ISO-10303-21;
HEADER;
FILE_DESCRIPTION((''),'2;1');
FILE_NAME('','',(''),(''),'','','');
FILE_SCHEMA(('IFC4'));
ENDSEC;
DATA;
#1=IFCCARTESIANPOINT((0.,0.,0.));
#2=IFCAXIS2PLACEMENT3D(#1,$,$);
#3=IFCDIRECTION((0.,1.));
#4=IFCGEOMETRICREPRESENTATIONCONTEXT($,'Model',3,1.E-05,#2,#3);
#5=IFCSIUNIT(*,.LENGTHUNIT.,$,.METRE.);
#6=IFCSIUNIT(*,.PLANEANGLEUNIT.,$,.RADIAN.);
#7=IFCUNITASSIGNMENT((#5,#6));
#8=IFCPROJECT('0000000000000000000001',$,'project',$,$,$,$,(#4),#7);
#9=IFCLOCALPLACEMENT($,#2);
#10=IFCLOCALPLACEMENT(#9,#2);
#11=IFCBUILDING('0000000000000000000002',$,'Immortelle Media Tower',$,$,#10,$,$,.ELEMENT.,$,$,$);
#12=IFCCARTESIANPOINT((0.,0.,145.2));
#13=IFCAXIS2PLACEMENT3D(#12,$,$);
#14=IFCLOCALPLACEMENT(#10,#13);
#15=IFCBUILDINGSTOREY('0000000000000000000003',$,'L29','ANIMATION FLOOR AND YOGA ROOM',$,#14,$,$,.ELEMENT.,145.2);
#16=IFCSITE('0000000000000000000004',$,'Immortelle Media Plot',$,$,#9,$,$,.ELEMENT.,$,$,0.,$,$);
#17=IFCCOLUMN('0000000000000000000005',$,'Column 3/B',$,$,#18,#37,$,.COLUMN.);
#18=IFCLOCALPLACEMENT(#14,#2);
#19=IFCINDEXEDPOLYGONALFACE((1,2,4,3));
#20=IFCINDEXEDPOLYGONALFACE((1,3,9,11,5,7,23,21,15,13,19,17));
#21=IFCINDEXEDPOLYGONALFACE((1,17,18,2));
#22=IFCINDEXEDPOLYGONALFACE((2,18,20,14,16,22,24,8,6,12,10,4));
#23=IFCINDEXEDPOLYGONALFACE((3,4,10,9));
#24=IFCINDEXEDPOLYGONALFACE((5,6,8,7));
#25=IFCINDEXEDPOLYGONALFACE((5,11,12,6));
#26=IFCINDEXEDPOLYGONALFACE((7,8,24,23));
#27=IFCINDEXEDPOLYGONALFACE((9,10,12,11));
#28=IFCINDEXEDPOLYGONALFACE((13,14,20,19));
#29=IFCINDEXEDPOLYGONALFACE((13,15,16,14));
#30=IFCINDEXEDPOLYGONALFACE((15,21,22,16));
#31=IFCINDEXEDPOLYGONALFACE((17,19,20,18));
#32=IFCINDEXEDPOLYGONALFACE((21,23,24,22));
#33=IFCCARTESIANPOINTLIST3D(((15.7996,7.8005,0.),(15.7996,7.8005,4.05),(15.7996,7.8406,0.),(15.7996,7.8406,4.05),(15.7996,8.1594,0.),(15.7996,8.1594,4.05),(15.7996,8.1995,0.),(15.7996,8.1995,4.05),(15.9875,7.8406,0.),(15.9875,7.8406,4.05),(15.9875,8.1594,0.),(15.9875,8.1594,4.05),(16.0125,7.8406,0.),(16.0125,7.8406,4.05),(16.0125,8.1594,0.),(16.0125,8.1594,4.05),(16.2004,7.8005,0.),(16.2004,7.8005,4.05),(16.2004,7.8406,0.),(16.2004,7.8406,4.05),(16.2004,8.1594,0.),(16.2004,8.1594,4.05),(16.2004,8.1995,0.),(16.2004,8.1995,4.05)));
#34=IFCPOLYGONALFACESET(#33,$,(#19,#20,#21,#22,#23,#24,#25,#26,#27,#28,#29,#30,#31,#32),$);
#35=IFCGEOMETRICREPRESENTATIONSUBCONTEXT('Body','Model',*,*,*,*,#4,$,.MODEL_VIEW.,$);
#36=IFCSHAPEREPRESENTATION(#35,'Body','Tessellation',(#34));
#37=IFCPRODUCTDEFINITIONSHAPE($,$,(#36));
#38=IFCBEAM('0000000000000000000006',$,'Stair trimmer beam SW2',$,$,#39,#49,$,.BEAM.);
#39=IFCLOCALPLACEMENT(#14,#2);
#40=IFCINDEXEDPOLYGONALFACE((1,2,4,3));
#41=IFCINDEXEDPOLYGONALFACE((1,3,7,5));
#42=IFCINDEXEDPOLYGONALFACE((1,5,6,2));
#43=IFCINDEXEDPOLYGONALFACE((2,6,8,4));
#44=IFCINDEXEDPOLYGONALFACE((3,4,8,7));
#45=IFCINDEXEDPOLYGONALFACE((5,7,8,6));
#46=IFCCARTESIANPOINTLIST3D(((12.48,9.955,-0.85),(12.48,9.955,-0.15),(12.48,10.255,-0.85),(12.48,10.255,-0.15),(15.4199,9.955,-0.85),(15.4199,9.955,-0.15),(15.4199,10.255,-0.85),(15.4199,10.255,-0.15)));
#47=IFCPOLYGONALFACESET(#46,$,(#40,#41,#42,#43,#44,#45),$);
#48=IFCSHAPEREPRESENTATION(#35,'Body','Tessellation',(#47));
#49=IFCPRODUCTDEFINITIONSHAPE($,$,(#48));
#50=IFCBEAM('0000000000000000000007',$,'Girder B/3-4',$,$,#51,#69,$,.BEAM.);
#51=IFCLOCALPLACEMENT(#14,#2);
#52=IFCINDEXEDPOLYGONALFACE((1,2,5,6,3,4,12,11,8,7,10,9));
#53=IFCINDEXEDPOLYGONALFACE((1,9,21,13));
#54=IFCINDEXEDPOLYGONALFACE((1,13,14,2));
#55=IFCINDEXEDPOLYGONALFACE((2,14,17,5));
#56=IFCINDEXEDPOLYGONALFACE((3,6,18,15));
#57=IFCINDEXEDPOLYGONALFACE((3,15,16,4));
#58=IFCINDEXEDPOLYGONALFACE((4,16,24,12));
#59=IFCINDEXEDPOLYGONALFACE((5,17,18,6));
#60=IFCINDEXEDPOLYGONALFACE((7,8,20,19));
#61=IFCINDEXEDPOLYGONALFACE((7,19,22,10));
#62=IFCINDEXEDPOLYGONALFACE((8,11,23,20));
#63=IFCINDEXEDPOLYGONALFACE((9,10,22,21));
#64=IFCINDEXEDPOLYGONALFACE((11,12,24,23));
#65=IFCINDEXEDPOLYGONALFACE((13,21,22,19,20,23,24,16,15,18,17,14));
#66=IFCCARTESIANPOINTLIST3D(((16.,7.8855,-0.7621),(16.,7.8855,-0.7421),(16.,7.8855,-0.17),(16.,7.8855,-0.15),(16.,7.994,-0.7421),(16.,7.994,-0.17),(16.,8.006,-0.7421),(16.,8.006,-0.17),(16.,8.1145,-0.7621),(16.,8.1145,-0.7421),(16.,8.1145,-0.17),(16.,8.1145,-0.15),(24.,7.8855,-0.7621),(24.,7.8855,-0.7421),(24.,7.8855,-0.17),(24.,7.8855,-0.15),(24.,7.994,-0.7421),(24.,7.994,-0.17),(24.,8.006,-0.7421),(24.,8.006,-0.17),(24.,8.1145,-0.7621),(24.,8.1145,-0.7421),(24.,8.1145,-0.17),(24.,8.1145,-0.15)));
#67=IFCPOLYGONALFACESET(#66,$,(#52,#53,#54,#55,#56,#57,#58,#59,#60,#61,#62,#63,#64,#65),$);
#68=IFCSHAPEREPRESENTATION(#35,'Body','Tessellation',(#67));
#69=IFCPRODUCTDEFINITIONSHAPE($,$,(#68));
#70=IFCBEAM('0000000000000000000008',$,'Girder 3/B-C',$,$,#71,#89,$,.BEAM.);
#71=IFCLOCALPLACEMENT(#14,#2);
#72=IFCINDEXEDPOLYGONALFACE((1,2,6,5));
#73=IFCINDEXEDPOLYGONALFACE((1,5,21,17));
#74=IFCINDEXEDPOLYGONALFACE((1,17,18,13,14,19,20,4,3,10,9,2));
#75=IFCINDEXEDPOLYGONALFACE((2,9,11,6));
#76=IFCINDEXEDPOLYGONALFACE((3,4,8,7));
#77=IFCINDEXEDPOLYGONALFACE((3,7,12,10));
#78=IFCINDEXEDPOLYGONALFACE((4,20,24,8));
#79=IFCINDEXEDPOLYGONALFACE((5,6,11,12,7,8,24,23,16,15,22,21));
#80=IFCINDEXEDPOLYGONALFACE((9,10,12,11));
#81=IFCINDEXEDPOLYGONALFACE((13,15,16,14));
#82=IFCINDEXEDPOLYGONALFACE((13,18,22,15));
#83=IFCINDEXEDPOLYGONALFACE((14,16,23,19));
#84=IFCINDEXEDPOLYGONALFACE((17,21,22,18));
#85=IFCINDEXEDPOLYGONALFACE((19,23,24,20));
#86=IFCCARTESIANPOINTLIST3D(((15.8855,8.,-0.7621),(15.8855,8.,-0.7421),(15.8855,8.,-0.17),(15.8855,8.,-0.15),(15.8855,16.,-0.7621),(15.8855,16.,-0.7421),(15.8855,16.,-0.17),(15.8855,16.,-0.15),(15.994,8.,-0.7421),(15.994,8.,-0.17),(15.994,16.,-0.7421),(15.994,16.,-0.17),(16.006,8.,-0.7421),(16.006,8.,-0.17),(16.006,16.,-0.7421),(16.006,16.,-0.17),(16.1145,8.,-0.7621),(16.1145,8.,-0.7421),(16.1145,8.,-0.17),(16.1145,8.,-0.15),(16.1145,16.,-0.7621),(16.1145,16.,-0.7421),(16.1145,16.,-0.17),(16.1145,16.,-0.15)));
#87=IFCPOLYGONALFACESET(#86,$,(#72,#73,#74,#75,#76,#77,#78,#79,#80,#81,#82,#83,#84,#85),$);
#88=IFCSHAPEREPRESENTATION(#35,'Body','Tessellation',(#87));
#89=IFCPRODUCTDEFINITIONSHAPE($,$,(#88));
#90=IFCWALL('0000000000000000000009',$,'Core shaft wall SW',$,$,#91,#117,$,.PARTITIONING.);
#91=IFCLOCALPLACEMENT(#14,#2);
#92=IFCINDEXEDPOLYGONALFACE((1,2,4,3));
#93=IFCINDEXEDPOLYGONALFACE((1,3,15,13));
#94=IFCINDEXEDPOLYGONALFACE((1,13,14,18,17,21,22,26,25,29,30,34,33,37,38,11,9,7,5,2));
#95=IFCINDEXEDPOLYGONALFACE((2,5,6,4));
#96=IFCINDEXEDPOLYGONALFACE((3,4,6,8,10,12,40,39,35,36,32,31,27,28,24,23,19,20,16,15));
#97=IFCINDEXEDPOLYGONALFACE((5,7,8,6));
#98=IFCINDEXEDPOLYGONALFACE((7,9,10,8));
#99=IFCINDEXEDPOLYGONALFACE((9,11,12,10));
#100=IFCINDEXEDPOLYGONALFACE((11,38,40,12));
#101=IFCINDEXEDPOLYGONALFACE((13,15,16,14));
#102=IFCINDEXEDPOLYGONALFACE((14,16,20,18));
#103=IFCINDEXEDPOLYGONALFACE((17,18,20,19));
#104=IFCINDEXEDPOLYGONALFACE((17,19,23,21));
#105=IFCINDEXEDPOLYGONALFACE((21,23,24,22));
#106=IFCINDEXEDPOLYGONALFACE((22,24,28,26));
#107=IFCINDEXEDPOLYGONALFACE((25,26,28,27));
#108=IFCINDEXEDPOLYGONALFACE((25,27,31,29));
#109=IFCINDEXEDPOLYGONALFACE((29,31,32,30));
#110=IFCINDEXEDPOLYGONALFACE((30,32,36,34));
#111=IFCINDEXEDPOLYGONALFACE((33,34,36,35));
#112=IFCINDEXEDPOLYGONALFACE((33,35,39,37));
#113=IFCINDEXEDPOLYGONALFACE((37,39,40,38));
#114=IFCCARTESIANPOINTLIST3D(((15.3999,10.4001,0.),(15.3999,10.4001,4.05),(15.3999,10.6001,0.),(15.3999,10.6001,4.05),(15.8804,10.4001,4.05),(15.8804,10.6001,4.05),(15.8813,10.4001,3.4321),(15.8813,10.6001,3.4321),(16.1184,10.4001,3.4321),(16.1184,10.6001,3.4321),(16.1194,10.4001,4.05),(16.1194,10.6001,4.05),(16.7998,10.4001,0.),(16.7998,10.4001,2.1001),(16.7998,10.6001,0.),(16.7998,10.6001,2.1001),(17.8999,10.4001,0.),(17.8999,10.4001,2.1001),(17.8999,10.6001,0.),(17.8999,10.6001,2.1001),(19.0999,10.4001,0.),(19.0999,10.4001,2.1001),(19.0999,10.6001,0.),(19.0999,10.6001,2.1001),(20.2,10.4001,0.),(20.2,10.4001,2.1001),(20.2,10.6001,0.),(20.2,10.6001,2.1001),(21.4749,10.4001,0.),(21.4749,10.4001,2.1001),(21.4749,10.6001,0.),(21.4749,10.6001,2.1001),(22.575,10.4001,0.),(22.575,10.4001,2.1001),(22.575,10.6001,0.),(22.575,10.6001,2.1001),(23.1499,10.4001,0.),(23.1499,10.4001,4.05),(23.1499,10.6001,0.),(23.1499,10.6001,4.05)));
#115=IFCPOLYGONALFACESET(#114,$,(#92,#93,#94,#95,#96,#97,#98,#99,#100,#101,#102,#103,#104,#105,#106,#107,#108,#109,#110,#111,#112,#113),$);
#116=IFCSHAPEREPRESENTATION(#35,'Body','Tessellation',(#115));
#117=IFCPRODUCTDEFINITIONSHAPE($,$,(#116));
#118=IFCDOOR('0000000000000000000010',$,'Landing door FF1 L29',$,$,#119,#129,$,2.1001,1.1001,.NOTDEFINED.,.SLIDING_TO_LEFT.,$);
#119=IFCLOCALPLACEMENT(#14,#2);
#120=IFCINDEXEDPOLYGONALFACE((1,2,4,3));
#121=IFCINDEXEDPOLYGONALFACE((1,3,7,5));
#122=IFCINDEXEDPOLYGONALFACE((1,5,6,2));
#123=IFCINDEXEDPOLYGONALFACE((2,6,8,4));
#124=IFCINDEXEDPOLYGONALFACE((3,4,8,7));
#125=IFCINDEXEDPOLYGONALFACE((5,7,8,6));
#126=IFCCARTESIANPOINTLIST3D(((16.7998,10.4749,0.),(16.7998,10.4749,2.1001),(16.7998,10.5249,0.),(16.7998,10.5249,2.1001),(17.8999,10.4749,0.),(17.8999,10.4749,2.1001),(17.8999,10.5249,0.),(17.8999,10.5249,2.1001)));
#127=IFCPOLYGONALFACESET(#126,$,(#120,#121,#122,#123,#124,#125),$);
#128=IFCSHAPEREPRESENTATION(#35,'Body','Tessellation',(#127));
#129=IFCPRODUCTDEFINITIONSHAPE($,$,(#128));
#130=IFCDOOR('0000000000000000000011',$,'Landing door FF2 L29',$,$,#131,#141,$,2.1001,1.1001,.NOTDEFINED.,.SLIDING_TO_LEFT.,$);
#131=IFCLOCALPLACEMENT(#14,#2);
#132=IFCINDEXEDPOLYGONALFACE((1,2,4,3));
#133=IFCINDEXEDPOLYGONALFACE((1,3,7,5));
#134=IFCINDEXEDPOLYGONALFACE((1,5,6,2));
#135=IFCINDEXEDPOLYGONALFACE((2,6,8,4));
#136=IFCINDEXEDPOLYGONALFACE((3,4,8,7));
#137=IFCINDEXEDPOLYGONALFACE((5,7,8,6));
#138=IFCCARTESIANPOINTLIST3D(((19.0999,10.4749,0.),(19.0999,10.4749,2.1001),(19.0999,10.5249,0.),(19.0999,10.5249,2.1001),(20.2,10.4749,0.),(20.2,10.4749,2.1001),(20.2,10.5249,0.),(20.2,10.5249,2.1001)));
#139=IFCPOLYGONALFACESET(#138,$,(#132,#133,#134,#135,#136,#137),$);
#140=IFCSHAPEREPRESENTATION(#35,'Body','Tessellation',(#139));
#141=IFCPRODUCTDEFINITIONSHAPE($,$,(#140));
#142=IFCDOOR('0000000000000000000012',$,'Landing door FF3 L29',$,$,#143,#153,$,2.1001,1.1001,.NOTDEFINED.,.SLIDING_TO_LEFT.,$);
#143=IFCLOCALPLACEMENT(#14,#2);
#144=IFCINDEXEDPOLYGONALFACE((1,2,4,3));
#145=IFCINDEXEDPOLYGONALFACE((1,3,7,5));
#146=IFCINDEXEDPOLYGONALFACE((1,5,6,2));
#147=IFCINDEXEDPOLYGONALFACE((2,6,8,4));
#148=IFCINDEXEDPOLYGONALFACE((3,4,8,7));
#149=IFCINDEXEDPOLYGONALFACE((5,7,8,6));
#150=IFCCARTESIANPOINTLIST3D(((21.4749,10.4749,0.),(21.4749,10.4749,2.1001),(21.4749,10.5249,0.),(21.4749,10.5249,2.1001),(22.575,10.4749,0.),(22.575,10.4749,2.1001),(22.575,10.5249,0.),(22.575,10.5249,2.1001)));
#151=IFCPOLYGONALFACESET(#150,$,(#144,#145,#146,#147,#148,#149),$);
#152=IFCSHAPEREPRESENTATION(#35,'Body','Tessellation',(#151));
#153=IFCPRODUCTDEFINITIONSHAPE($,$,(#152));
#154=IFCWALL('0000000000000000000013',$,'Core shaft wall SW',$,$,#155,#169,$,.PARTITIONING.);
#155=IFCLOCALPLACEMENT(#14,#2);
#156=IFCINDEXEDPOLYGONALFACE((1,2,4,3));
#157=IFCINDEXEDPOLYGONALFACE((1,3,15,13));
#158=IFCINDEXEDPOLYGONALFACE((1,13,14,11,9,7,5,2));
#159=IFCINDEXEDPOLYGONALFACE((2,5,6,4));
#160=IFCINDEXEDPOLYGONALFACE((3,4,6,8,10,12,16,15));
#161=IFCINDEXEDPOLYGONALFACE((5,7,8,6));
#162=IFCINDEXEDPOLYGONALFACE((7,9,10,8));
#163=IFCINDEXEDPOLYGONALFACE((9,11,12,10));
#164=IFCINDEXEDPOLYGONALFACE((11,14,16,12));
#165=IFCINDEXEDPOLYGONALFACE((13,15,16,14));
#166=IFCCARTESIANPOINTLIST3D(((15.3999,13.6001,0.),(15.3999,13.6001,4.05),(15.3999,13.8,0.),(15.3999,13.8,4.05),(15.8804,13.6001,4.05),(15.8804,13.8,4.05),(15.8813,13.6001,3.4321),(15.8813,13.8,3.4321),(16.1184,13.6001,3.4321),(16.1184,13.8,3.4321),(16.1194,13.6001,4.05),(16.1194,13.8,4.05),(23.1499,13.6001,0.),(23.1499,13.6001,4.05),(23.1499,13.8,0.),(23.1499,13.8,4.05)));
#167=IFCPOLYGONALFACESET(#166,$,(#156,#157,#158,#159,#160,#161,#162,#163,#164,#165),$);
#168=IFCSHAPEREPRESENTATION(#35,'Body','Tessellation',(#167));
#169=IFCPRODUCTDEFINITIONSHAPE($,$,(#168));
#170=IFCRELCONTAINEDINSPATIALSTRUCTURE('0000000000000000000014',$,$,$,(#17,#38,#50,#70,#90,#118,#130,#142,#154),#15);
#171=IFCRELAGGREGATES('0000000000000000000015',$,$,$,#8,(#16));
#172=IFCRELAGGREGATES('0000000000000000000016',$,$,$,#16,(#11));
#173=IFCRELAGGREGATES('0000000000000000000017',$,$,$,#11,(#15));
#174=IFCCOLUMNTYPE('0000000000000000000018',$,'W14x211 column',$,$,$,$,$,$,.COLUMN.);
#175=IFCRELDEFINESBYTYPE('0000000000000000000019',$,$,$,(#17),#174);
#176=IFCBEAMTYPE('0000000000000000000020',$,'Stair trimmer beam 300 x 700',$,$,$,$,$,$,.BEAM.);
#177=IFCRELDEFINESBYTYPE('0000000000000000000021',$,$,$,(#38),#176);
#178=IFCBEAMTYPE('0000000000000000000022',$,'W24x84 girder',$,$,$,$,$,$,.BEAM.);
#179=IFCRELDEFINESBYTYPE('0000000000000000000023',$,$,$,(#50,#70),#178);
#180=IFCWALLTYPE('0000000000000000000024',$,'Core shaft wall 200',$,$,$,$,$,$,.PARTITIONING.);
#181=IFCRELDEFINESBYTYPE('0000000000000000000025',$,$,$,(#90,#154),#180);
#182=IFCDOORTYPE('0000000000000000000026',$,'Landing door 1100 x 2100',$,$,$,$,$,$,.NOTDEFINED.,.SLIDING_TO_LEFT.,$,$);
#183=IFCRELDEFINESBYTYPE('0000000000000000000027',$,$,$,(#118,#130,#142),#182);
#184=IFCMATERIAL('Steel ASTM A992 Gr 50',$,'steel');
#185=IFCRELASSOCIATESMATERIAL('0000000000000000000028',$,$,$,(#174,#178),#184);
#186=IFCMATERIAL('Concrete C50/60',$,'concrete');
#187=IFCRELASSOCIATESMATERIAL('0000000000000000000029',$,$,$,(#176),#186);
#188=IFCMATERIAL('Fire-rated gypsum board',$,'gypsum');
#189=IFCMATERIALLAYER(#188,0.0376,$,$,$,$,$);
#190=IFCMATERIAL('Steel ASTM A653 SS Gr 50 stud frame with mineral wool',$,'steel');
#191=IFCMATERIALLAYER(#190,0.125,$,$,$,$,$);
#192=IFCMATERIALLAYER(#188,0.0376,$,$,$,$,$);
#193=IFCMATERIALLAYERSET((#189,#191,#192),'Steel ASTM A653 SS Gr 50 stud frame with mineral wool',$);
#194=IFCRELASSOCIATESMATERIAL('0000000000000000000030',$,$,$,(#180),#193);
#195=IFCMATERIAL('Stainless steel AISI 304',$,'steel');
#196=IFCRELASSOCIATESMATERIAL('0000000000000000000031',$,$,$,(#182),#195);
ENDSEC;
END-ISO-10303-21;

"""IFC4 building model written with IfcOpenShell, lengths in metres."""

from ifc_helpers import new_model, si_unit, direction, frame, frame_2d, origin, origin_2d, place, context, subcontext, project, spatial, polyline, rectangle, i_section, outline, extrude, material, layer, layer_set, material_profile, profile_set, type_object, element, fill, save


model = new_model("IFC4")

# Units and contexts
model_context = context("Model", 3, precision=1e-05, world=origin(), true_north=direction((0.0, 1.0)))
body_context = subcontext(model_context, "Body", "Model", "MODEL_VIEW")
ifc_project = project(units=[si_unit("LENGTHUNIT", "METRE"), si_unit("PLANEANGLEUNIT", "RADIAN")], contexts=[model_context])

# Site, building, storey
site_placement = place(None, origin())
site = spatial("IfcSite", under=ifc_project, at=site_placement, Name="Immortelle Media Plot", CompositionType="ELEMENT", RefElevation=0.0)
building_placement = place(site_placement, origin())
building = spatial("IfcBuilding", under=site, at=building_placement, Name="Immortelle Media Tower", CompositionType="ELEMENT")
storey_placement = place(building_placement, frame((0.0, 0.0, 145.2)))
storey = spatial("IfcBuildingStorey", under=building, at=storey_placement, Name="L29", Description="ANIMATION FLOOR AND YOGA ROOM", CompositionType="ELEMENT", Elevation=145.2)

# Column
ifc_material_1 = material(Name="Steel ASTM A992 Gr 50", Category="steel")
ifc_material_profile_1 = material_profile(ifc_material_1, i_section(OverallWidth=0.4009, OverallDepth=0.3989, WebThickness=0.0249, FlangeThickness=0.04, at=origin_2d()), Name="W14x211")
ifc_profile_set_1 = profile_set([ifc_material_profile_1], Name="Steel ASTM A992 Gr 50")
column_type = type_object("IfcColumnType", Name="W14x211 column", PredefinedType="COLUMN", material=ifc_profile_set_1)
column_placement = place(storey_placement, frame((16.0, 8.0, 0.0), z_axis=(0.0, 0.0, 1.0), x_axis=(1.0, 0.0, 0.0)))
element("IfcColumn", 1, at=column_placement, inside=storey, type_object=column_type, Name="Column 3/B", PredefinedType="COLUMN", context=body_context, shape_type="SweptSolid", body=[
    extrude(i_section(OverallWidth=0.4009, OverallDepth=0.3989, WebThickness=0.0249, FlangeThickness=0.04, at=origin_2d()), origin(), (0.0, 0.0, 1.0), 4.05),
])

# Beams
ifc_material_2 = material(Name="Concrete C50/60", Category="concrete")
ifc_material_profile_2 = material_profile(ifc_material_2, rectangle(XDim=0.3, YDim=0.7, at=origin_2d()), Name="RC 300x700")
ifc_profile_set_2 = profile_set([ifc_material_profile_2], Name="Concrete C50/60")
beam_type_1 = type_object("IfcBeamType", Name="Stair trimmer beam 300 x 700", PredefinedType="BEAM", material=ifc_profile_set_2)
beam_placement = place(storey_placement, frame((12.48, 10.105, -0.5), z_axis=(1.0, 0.0, 0.0), x_axis=(0.0, 1.0, 0.0)))
element("IfcBeam", 2, at=beam_placement, inside=storey, type_object=beam_type_1, Name="Stair trimmer beam SW2", PredefinedType="BEAM", context=body_context, shape_type="SweptSolid", body=[
    extrude(rectangle(XDim=0.3, YDim=0.7, at=origin_2d()), origin(), (0.0, 0.0, 1.0), 2.9399),
])
ifc_material_profile_3 = material_profile(ifc_material_1, i_section(OverallWidth=0.229, OverallDepth=0.6121, WebThickness=0.012, FlangeThickness=0.02, at=origin_2d()), Name="W24x84")
ifc_profile_set_3 = profile_set([ifc_material_profile_3], Name="Steel ASTM A992 Gr 50")
beam_type_2 = type_object("IfcBeamType", Name="W24x84 girder", PredefinedType="BEAM", material=ifc_profile_set_3)
for number, where, z_axis, x_axis, name in (
    (3, (16.0, 8.0, -0.4561), (1.0, 0.0, 0.0), (0.0, 1.0, 0.0), "Girder B/3-4"),
    (4, (16.0, 8.0, -0.4561), (0.0, 1.0, 0.0), (-1.0, 0.0, 0.0), "Girder 3/B-C"),
):
    element("IfcBeam", number, at=place(storey_placement, frame(where, z_axis=z_axis, x_axis=x_axis)), inside=storey, type_object=beam_type_2, Name=name, PredefinedType="BEAM", context=body_context, shape_type="SweptSolid", body=[
        extrude(i_section(OverallWidth=0.229, OverallDepth=0.6121, WebThickness=0.012, FlangeThickness=0.02, at=origin_2d()), origin(), (0.0, 0.0, 1.0), 8.0),
    ])

# Wall, openings, doors
ifc_material_3 = material(Name="Fire-rated gypsum board", Category="gypsum")
ifc_layer_1 = layer(ifc_material_3, 0.0376)
ifc_material_4 = material(Name="Steel ASTM A653 SS Gr 50 stud frame with mineral wool", Category="steel")
ifc_layer_2 = layer(ifc_material_4, 0.125)
ifc_layer_3 = layer(ifc_material_3, 0.0376)
ifc_layer_set_1 = layer_set([ifc_layer_1, ifc_layer_2, ifc_layer_3], Name="Steel ASTM A653 SS Gr 50 stud frame with mineral wool")
wall_type_1 = type_object("IfcWallType", Name="Core shaft wall 200", PredefinedType="PARTITIONING", material=ifc_layer_set_1)
wall_1_placement = place(storey_placement, frame((15.3999, 10.5, 0.0), z_axis=(0.0, 0.0, 1.0), x_axis=(1.0, 0.0, 0.0)))
wall_1 = element("IfcWall", 5, at=wall_1_placement, inside=storey, type_object=wall_type_1, Name="Core shaft wall SW", PredefinedType="PARTITIONING", context=body_context, shape_type="SweptSolid", body=[
    extrude(outline(polyline([(0.0, 0.0), (7.75, 0.0), (7.75, 4.05), (0.7195, 4.05), (0.7185, 3.4321), (0.4814, 3.4321), (0.4805, 4.05), (0.0, 4.05), (0.0, 0.0)])), frame((0.0, 0.1001, 0.0), z_axis=(0.0, -1.0, 0.0), x_axis=(1.0, 0.0, 0.0)), (0.0, 0.0, 1.0), 0.2),
])
opening_1_placement = place(wall_1_placement, frame((1.3999, 0.0, 0.0)))
opening_1 = element("IfcOpeningElement", 6, at=opening_1_placement, cuts=wall_1, PredefinedType="OPENING", context=body_context, shape_type="SweptSolid", body=[
    extrude(rectangle(XDim=1.1001, YDim=2.1001, at=frame_2d((0.55, 1.05))), frame((0.0, 0.1099, 0.0), z_axis=(0.0, -1.0, 0.0), x_axis=(1.0, 0.0, 0.0)), (0.0, 0.0, 1.0), 0.22),
])
opening_2_placement = place(wall_1_placement, frame((3.7, 0.0, 0.0)))
opening_2 = element("IfcOpeningElement", 7, at=opening_2_placement, cuts=wall_1, PredefinedType="OPENING", context=body_context, shape_type="SweptSolid", body=[
    extrude(rectangle(XDim=1.1001, YDim=2.1001, at=frame_2d((0.55, 1.05))), frame((0.0, 0.1099, 0.0), z_axis=(0.0, -1.0, 0.0), x_axis=(1.0, 0.0, 0.0)), (0.0, 0.0, 1.0), 0.22),
])
opening_3_placement = place(wall_1_placement, frame((6.075, 0.0, 0.0)))
opening_3 = element("IfcOpeningElement", 8, at=opening_3_placement, cuts=wall_1, PredefinedType="OPENING", context=body_context, shape_type="SweptSolid", body=[
    extrude(rectangle(XDim=1.1001, YDim=2.1001, at=frame_2d((0.55, 1.05))), frame((0.0, 0.1099, 0.0), z_axis=(0.0, -1.0, 0.0), x_axis=(1.0, 0.0, 0.0)), (0.0, 0.0, 1.0), 0.22),
])
ifc_material_5 = material(Name="Stainless steel AISI 304", Category="steel")
door_type_1 = type_object("IfcDoorType", Name="Landing door 1100 x 2100", OperationType="SLIDING_TO_LEFT", PredefinedType="NOTDEFINED", material=ifc_material_5)
door_1_placement = place(opening_1_placement, origin())
door_1 = element("IfcDoor", 9, at=door_1_placement, inside=storey, type_object=door_type_1, Name="Landing door FF1 L29", OperationType="SLIDING_TO_LEFT", OverallHeight=2.1001, OverallWidth=1.1001, PredefinedType="NOTDEFINED", context=body_context, shape_type="SweptSolid", body=[
    extrude(rectangle(XDim=1.1001, YDim=2.1001, at=frame_2d((0.55, 1.05))), frame((0.0, 0.0249, 0.0), z_axis=(0.0, -1.0, 0.0), x_axis=(1.0, 0.0, 0.0)), (0.0, 0.0, 1.0), 0.05),
])
fill(opening_1, door_1)
door_2_placement = place(opening_2_placement, origin())
door_2 = element("IfcDoor", 10, at=door_2_placement, inside=storey, type_object=door_type_1, Name="Landing door FF2 L29", OperationType="SLIDING_TO_LEFT", OverallHeight=2.1001, OverallWidth=1.1001, PredefinedType="NOTDEFINED", context=body_context, shape_type="SweptSolid", body=[
    extrude(rectangle(XDim=1.1001, YDim=2.1001, at=frame_2d((0.55, 1.05))), frame((0.0, 0.0249, 0.0), z_axis=(0.0, -1.0, 0.0), x_axis=(1.0, 0.0, 0.0)), (0.0, 0.0, 1.0), 0.05),
])
fill(opening_2, door_2)
door_3_placement = place(opening_3_placement, origin())
door_3 = element("IfcDoor", 11, at=door_3_placement, inside=storey, type_object=door_type_1, Name="Landing door FF3 L29", OperationType="SLIDING_TO_LEFT", OverallHeight=2.1001, OverallWidth=1.1001, PredefinedType="NOTDEFINED", context=body_context, shape_type="SweptSolid", body=[
    extrude(rectangle(XDim=1.1001, YDim=2.1001, at=frame_2d((0.55, 1.05))), frame((0.0, 0.0249, 0.0), z_axis=(0.0, -1.0, 0.0), x_axis=(1.0, 0.0, 0.0)), (0.0, 0.0, 1.0), 0.05),
])
fill(opening_3, door_3)

# Wall
wall_2_placement = place(storey_placement, frame((15.3999, 13.7, 0.0), z_axis=(0.0, 0.0, 1.0), x_axis=(1.0, 0.0, 0.0)))
element("IfcWall", 12, at=wall_2_placement, inside=storey, type_object=wall_type_1, Name="Core shaft wall SW", PredefinedType="PARTITIONING", context=body_context, shape_type="SweptSolid", body=[
    extrude(outline(polyline([(0.0, 0.0), (7.75, 0.0), (7.75, 4.05), (0.7195, 4.05), (0.7185, 3.4321), (0.4814, 3.4321), (0.4805, 4.05), (0.0, 4.05), (0.0, 0.0)])), frame((0.0, 0.1001, 0.0), z_axis=(0.0, -1.0, 0.0), x_axis=(1.0, 0.0, 0.0)), (0.0, 0.0, 1.0), 0.2),
])

save(model, "model.ifc")
